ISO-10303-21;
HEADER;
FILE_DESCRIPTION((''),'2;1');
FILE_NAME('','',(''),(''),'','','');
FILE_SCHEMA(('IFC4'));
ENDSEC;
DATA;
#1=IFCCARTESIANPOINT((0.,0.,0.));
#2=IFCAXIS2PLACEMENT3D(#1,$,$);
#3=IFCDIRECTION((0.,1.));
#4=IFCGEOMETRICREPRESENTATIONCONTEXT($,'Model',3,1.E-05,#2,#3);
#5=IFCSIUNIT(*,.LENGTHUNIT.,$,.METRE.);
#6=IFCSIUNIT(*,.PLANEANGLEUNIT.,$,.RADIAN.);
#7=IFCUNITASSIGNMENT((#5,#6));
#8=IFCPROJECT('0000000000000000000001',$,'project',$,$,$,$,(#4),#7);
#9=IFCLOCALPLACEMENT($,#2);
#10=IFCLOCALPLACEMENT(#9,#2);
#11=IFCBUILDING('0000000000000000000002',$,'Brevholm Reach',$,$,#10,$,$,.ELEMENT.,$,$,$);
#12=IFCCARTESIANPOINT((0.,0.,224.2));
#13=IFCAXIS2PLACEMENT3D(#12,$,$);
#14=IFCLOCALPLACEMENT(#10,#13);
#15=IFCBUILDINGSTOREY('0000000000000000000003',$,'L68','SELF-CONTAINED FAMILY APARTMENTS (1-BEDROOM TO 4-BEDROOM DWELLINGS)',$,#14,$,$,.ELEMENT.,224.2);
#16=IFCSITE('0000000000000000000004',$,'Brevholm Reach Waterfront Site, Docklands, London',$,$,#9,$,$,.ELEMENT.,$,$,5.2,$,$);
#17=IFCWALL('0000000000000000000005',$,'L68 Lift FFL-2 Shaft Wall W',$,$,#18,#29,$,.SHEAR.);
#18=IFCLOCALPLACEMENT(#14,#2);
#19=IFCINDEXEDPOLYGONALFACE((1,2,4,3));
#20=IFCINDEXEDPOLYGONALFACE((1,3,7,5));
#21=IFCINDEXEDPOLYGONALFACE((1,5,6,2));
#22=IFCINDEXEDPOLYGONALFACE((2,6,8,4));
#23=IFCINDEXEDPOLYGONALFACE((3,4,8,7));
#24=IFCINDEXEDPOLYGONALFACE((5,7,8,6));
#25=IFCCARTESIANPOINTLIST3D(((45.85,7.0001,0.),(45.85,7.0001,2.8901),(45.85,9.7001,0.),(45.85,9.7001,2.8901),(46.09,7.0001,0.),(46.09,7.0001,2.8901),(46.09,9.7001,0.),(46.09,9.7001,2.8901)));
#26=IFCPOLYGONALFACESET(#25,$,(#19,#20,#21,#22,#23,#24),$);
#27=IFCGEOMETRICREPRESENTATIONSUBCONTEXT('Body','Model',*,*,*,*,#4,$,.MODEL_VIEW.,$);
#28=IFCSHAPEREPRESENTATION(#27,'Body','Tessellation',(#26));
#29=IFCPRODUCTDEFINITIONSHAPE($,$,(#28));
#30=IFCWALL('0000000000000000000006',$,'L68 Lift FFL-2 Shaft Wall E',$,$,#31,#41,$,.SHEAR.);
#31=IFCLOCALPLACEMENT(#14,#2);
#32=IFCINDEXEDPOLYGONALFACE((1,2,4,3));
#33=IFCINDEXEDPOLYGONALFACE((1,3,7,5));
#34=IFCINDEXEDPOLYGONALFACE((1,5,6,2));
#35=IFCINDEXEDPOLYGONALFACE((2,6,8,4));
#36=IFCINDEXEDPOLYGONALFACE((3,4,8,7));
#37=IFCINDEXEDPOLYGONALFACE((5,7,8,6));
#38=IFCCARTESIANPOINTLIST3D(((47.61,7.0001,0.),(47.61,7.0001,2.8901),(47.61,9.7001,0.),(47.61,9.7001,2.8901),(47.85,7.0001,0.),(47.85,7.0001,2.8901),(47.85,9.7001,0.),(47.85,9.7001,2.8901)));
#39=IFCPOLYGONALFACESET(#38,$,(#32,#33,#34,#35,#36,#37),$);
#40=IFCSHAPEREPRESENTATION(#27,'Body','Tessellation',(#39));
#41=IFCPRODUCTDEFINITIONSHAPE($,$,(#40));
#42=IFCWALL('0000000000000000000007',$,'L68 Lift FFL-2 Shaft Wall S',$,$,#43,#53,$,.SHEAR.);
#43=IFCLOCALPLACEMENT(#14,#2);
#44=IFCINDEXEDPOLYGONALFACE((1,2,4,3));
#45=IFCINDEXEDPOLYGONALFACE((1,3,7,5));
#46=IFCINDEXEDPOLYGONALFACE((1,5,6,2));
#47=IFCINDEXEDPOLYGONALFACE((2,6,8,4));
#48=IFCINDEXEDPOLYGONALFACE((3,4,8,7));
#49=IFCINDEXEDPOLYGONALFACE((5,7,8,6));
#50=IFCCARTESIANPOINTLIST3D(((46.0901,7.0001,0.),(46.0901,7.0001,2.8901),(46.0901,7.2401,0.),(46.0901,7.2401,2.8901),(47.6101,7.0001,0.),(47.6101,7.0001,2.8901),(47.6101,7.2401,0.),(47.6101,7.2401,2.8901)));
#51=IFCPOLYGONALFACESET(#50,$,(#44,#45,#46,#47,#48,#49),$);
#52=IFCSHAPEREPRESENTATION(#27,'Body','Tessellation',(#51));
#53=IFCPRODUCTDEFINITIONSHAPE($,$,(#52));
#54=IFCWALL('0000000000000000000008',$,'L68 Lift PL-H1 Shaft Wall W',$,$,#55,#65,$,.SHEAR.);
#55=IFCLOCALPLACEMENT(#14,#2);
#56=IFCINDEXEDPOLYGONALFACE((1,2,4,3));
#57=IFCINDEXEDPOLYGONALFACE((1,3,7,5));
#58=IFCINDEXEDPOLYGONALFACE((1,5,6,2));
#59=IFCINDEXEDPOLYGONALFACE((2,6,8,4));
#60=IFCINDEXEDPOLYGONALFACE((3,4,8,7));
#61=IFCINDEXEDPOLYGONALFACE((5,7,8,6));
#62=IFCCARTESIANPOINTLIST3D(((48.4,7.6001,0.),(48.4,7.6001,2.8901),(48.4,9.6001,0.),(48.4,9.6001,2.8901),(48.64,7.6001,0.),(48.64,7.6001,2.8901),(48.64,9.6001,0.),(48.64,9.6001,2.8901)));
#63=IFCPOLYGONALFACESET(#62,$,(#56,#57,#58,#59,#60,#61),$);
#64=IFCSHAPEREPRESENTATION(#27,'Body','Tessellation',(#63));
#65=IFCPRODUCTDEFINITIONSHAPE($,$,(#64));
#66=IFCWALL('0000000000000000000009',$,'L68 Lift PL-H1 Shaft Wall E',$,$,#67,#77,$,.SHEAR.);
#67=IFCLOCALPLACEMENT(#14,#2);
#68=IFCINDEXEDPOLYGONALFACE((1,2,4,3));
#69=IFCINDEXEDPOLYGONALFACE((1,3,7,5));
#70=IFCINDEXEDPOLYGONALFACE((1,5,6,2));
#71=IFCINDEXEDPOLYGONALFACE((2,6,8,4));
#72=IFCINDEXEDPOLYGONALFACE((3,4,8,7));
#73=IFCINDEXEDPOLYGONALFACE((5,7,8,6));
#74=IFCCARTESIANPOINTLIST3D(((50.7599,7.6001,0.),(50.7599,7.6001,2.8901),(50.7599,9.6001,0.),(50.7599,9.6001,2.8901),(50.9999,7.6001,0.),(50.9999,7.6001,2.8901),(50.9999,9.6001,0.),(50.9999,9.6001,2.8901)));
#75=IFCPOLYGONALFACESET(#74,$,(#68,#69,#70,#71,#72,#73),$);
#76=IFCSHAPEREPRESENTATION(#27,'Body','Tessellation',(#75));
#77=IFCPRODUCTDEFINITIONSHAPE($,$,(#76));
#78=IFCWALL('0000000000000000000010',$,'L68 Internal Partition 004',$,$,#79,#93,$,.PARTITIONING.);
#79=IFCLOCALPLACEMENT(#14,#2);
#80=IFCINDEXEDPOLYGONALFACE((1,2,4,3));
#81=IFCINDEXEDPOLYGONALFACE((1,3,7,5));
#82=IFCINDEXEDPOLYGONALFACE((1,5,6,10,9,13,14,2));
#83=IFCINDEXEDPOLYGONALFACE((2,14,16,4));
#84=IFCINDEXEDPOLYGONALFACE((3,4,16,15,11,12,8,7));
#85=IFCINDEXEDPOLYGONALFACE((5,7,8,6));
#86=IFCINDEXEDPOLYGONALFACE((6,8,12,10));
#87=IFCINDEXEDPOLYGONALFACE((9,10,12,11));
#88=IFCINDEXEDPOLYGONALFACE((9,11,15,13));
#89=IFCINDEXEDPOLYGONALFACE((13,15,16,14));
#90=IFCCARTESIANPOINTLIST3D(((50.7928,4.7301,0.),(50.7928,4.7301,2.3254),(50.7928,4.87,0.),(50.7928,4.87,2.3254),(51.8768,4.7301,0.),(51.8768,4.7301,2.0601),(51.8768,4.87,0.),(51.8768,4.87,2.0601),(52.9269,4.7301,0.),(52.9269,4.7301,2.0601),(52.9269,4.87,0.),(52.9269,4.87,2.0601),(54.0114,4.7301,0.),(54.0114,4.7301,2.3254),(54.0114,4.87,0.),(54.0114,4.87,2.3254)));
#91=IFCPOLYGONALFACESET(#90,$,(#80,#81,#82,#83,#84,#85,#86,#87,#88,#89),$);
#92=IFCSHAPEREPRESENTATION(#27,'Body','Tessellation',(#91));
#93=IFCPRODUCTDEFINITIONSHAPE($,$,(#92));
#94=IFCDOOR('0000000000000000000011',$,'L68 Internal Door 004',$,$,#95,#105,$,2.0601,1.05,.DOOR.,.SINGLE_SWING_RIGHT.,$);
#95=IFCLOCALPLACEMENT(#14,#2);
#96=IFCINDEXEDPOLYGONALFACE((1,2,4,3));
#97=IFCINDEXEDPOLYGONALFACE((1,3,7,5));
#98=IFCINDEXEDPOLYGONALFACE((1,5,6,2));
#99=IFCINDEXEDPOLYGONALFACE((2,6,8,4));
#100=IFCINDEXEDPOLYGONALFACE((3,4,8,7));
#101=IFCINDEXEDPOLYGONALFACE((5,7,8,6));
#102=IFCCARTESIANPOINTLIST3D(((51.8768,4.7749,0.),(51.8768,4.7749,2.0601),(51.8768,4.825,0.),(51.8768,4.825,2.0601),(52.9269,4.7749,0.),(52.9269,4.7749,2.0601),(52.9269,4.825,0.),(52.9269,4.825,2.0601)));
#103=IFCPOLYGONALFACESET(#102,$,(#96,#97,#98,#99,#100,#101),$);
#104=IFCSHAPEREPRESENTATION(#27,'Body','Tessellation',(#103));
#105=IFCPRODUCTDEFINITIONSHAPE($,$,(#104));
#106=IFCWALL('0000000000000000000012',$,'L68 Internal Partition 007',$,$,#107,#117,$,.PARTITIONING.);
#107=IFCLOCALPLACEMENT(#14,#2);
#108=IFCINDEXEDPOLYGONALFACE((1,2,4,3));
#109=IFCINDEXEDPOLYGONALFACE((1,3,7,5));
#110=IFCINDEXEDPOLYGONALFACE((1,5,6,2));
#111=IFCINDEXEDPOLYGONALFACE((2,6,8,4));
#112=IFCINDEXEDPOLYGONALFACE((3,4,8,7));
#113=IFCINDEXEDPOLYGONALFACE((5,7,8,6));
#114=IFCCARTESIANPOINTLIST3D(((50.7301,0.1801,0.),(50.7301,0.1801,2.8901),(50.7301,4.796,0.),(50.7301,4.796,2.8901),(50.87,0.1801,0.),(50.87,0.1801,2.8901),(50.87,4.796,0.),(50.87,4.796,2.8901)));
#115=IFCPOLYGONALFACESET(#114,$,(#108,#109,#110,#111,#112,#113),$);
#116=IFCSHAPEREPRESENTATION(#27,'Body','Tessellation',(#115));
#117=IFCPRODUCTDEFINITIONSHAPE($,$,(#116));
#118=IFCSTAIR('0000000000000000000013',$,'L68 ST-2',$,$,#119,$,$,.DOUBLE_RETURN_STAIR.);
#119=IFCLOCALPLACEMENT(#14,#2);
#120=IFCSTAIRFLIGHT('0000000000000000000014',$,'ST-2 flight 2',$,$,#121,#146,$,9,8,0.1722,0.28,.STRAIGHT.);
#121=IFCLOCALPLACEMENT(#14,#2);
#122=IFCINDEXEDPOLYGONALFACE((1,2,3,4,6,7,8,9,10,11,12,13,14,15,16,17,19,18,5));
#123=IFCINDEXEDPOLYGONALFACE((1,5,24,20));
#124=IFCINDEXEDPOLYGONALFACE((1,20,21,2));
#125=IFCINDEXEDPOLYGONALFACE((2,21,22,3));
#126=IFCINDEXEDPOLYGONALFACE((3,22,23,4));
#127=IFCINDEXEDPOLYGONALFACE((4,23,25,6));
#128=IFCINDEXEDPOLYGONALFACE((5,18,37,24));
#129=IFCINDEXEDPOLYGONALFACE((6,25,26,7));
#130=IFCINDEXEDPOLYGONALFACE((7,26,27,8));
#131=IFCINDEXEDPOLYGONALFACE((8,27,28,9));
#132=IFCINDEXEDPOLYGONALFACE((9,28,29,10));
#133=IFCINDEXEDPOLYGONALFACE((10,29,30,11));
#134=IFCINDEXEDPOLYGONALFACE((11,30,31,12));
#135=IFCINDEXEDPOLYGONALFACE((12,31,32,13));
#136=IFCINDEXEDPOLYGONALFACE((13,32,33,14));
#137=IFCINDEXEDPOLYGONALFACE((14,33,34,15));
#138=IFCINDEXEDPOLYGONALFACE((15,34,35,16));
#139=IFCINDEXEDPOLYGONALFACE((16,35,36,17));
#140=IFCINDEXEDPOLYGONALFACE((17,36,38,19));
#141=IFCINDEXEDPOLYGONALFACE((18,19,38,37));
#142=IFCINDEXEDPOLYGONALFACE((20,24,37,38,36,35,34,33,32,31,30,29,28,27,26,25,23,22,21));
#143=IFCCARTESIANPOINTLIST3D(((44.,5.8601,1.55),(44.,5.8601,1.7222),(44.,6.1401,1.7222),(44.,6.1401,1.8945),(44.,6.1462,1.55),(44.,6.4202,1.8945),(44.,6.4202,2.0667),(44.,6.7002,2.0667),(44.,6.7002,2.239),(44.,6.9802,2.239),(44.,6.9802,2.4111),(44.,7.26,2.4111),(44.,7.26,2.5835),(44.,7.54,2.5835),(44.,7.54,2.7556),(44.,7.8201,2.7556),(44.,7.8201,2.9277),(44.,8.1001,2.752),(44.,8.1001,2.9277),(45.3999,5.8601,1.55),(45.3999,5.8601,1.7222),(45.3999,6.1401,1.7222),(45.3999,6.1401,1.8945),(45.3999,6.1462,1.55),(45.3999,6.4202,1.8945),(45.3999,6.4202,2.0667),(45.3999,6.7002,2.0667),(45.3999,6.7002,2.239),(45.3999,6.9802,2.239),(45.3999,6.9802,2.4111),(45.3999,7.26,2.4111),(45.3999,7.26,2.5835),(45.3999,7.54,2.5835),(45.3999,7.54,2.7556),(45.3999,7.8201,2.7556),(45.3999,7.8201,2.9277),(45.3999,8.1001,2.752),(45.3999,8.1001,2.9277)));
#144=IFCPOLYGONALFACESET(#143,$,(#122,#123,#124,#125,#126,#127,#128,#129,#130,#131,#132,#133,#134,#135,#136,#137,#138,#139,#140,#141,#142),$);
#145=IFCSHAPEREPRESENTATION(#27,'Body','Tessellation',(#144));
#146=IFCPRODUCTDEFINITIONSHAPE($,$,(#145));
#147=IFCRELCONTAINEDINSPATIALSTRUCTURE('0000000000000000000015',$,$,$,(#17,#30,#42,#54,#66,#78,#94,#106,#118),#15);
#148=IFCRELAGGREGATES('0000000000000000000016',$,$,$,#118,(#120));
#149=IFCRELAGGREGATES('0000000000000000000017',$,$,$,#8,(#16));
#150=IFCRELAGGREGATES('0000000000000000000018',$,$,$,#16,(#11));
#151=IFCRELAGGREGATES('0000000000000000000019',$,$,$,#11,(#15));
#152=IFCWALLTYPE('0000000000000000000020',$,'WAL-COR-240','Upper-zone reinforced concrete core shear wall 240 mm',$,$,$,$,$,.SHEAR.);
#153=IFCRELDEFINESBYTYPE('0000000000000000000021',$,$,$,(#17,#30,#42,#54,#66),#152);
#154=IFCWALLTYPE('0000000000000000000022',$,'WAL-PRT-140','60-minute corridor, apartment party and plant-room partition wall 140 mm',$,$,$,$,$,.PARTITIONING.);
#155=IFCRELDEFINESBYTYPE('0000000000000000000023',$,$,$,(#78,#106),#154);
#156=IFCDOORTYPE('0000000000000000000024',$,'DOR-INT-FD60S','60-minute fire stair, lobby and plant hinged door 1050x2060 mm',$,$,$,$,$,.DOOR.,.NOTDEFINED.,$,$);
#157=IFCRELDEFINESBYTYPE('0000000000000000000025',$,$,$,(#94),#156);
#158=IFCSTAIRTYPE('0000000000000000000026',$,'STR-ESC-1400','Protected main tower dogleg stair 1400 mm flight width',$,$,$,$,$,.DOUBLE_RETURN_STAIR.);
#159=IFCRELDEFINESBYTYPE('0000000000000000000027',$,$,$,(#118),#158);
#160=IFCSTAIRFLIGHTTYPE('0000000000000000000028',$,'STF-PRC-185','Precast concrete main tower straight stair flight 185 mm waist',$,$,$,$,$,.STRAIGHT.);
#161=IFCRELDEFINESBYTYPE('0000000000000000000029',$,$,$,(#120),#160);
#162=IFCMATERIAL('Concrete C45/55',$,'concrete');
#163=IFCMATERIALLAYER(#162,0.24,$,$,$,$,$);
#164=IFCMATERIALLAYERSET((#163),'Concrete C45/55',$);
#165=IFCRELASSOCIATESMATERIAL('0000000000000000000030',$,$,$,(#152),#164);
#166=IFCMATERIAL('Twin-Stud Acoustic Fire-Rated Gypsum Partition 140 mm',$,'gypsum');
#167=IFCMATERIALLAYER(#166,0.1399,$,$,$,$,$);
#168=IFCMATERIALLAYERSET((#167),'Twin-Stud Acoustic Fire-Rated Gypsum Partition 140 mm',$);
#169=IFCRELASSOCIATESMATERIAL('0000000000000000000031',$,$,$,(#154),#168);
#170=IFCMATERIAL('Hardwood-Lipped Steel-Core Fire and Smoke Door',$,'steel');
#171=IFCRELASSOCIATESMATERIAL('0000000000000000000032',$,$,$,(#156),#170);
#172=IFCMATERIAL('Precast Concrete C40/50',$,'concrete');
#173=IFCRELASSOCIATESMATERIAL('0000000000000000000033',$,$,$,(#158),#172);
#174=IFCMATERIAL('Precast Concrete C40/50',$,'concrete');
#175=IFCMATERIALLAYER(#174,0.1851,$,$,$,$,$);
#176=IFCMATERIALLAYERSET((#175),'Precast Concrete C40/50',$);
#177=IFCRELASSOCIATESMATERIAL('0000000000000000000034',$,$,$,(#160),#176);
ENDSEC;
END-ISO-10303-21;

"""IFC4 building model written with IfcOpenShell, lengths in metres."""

from ifc_helpers import new_model, si_unit, direction, frame, frame_2d, origin, place, context, subcontext, project, spatial, polyline, rectangle, outline, extrude, material, layer, layer_set, type_object, element, fill, aggregate, save


model = new_model("IFC4")

# Units and contexts
model_context = context("Model", 3, precision=1e-05, world=origin(), true_north=direction((0.0, 1.0)))
body_context = subcontext(model_context, "Body", "Model", "MODEL_VIEW")
ifc_project = project(units=[si_unit("LENGTHUNIT", "METRE"), si_unit("PLANEANGLEUNIT", "RADIAN")], contexts=[model_context])

# Site, building, storey
site_placement = place(None, origin())
site = spatial("IfcSite", under=ifc_project, at=site_placement, Name="Brevholm Reach Waterfront Site, Docklands, London", CompositionType="ELEMENT", RefElevation=5.2)
building_placement = place(site_placement, origin())
building = spatial("IfcBuilding", under=site, at=building_placement, Name="Brevholm Reach", CompositionType="ELEMENT")
storey_placement = place(building_placement, frame((0.0, 0.0, 224.2)))
storey = spatial("IfcBuildingStorey", under=building, at=storey_placement, Name="L68", Description="SELF-CONTAINED FAMILY APARTMENTS (1-BEDROOM TO 4-BEDROOM DWELLINGS)", CompositionType="ELEMENT", Elevation=224.2)

# Walls
ifc_material_1 = material(Name="Concrete C45/55", Category="concrete")
ifc_layer_1 = layer(ifc_material_1, 0.24)
ifc_layer_set_1 = layer_set([ifc_layer_1], Name="Concrete C45/55")
wall_type_1 = type_object("IfcWallType", Name="WAL-COR-240", Description="Upper-zone reinforced concrete core shear wall 240 mm", PredefinedType="SHEAR", material=ifc_layer_set_1)
for number, where, z_axis, x_axis, name in (
    (1, (45.97, 7.0, 0.0), (0.0, 0.0, 1.0), (0.0, 1.0, 0.0), "L68 Lift FFL-2 Shaft Wall W"),
    (2, (47.73, 7.0, 0.0), (0.0, 0.0, 1.0), (0.0, 1.0, 0.0), "L68 Lift FFL-2 Shaft Wall E"),
):
    element("IfcWall", number, at=place(storey_placement, frame(where, z_axis=z_axis, x_axis=x_axis)), inside=storey, type_object=wall_type_1, Name=name, PredefinedType="SHEAR", context=body_context, shape_type="SweptSolid", body=[
        extrude(rectangle(XDim=2.7, YDim=0.24, at=frame_2d((1.3501, 0.0))), origin(), (0.0, 0.0, 1.0), 2.8901),
    ])
wall_1_placement = place(storey_placement, frame((46.0901, 7.1201, 0.0), z_axis=(0.0, 0.0, 1.0), x_axis=(1.0, 0.0, 0.0)))
element("IfcWall", 3, at=wall_1_placement, inside=storey, type_object=wall_type_1, Name="L68 Lift FFL-2 Shaft Wall S", PredefinedType="SHEAR", context=body_context, shape_type="SweptSolid", body=[
    extrude(rectangle(XDim=1.52, YDim=0.24, at=frame_2d((0.76, 0.0))), origin(), (0.0, 0.0, 1.0), 2.8901),
])
for number, where, z_axis, x_axis, name in (
    (4, (48.52, 7.6001, 0.0), (0.0, 0.0, 1.0), (0.0, 1.0, 0.0), "L68 Lift PL-H1 Shaft Wall W"),
    (5, (50.8799, 7.6001, 0.0), (0.0, 0.0, 1.0), (0.0, 1.0, 0.0), "L68 Lift PL-H1 Shaft Wall E"),
):
    element("IfcWall", number, at=place(storey_placement, frame(where, z_axis=z_axis, x_axis=x_axis)), inside=storey, type_object=wall_type_1, Name=name, PredefinedType="SHEAR", context=body_context, shape_type="SweptSolid", body=[
        extrude(rectangle(XDim=2.0, YDim=0.24, at=frame_2d((1.0, 0.0))), origin(), (0.0, 0.0, 1.0), 2.8901),
    ])

# Wall, opening, door
ifc_material_2 = material(Name="Twin-Stud Acoustic Fire-Rated Gypsum Partition 140 mm", Category="gypsum")
ifc_layer_2 = layer(ifc_material_2, 0.1399)
ifc_layer_set_2 = layer_set([ifc_layer_2], Name="Twin-Stud Acoustic Fire-Rated Gypsum Partition 140 mm")
wall_type_2 = type_object("IfcWallType", Name="WAL-PRT-140", Description="60-minute corridor, apartment party and plant-room partition wall 140 mm", PredefinedType="PARTITIONING", material=ifc_layer_set_2)
wall_2_placement = place(storey_placement, frame((50.7927, 4.8, 0.0), z_axis=(0.0, 0.0, 1.0), x_axis=(1.0, 0.0, 0.0)))
wall_2 = element("IfcWall", 6, at=wall_2_placement, inside=storey, type_object=wall_type_2, Name="L68 Internal Partition 004", PredefinedType="PARTITIONING", context=body_context, shape_type="SweptSolid", body=[
    extrude(rectangle(XDim=3.2185, YDim=0.1399, at=frame_2d((1.6094, 0.0))), origin(), (0.0, 0.0, 1.0), 2.3254),
])
opening_placement = place(wall_2_placement, frame((1.0842, 0.0, 0.0)))
opening = element("IfcOpeningElement", 7, at=opening_placement, cuts=wall_2, PredefinedType="OPENING", context=body_context, shape_type="SweptSolid", body=[
    extrude(rectangle(XDim=1.05, YDim=2.0601, at=frame_2d((0.5249, 1.03))), frame((0.0, 0.0798, 0.0), z_axis=(0.0, -1.0, 0.0), x_axis=(1.0, 0.0, 0.0)), (0.0, 0.0, 1.0), 0.1599),
])
ifc_material_3 = material(Name="Hardwood-Lipped Steel-Core Fire and Smoke Door", Category="steel")
door_type = type_object("IfcDoorType", Name="DOR-INT-FD60S", Description="60-minute fire stair, lobby and plant hinged door 1050x2060 mm", OperationType="NOTDEFINED", PredefinedType="DOOR", material=ifc_material_3)
door_placement = place(opening_placement, origin())
door = element("IfcDoor", 8, at=door_placement, inside=storey, type_object=door_type, Name="L68 Internal Door 004", OperationType="SINGLE_SWING_RIGHT", OverallHeight=2.0601, OverallWidth=1.05, PredefinedType="DOOR", context=body_context, shape_type="SweptSolid", body=[
    extrude(rectangle(XDim=1.05, YDim=2.0601, at=frame_2d((0.5249, 1.03))), frame((0.0, 0.0249, 0.0), z_axis=(0.0, -1.0, 0.0), x_axis=(1.0, 0.0, 0.0)), (0.0, 0.0, 1.0), 0.05),
])
fill(opening, door)

# Wall
wall_3_placement = place(storey_placement, frame((50.8, 0.1799, 0.0), z_axis=(0.0, 0.0, 1.0), x_axis=(0.0, 1.0, 0.0)))
element("IfcWall", 9, at=wall_3_placement, inside=storey, type_object=wall_type_2, Name="L68 Internal Partition 007", PredefinedType="PARTITIONING", context=body_context, shape_type="SweptSolid", body=[
    extrude(rectangle(XDim=4.616, YDim=0.1399, at=frame_2d((2.3081, 0.0))), origin(), (0.0, 0.0, 1.0), 2.8901),
])

# Stair, stair flight
ifc_material_4 = material(Name="Precast Concrete C40/50", Category="concrete")
stair_type = type_object("IfcStairType", Name="STR-ESC-1400", Description="Protected main tower dogleg stair 1400 mm flight width", PredefinedType="DOUBLE_RETURN_STAIR", material=ifc_material_4)
stair_placement = place(storey_placement, origin())
stair = element("IfcStair", 10, at=stair_placement, inside=storey, type_object=stair_type, Name="L68 ST-2", PredefinedType="DOUBLE_RETURN_STAIR")
ifc_material_5 = material(Name="Precast Concrete C40/50", Category="concrete")
ifc_layer_3 = layer(ifc_material_5, 0.1851)
ifc_layer_set_3 = layer_set([ifc_layer_3], Name="Precast Concrete C40/50")
stair_flight_type = type_object("IfcStairFlightType", Name="STF-PRC-185", Description="Precast concrete main tower straight stair flight 185 mm waist", PredefinedType="STRAIGHT", material=ifc_layer_set_3)
stair_flight_placement = place(storey_placement, frame((44.7, 5.8601, 1.55), z_axis=(0.0, 0.0, 1.0), x_axis=(0.0, 1.0, 0.0)))
stair_flight = element("IfcStairFlight", 11, at=stair_flight_placement, type_object=stair_flight_type, Name="ST-2 flight 2", NumberOfRisers=9, NumberOfTreads=8, PredefinedType="STRAIGHT", RiserHeight=0.1722, TreadLength=0.28, context=body_context, shape_type="SweptSolid", body=[
    extrude(outline(polyline([(0.0, 0.0), (0.0, 0.1721), (0.28, 0.1721), (0.28, 0.3445), (0.5601, 0.3445), (0.5601, 0.5166), (0.8401, 0.5166), (0.8401, 0.689), (1.1201, 0.689), (1.1201, 0.8611), (1.3999, 0.8611), (1.3999, 1.0334), (1.6799, 1.0334), (1.6799, 1.2056), (1.96, 1.2056), (1.96, 1.3777), (2.24, 1.3777), (2.24, 1.55), (2.24, 1.2019), (0.2861, 0.0), (0.0, 0.0)])), frame((0.0, 0.7, 0.0), z_axis=(0.0, -1.0, 0.0), x_axis=(1.0, 0.0, 0.0)), (0.0, 0.0, 1.0), 1.3999),
])
aggregate(stair, [stair_flight])

save(model, "model.ifc")
